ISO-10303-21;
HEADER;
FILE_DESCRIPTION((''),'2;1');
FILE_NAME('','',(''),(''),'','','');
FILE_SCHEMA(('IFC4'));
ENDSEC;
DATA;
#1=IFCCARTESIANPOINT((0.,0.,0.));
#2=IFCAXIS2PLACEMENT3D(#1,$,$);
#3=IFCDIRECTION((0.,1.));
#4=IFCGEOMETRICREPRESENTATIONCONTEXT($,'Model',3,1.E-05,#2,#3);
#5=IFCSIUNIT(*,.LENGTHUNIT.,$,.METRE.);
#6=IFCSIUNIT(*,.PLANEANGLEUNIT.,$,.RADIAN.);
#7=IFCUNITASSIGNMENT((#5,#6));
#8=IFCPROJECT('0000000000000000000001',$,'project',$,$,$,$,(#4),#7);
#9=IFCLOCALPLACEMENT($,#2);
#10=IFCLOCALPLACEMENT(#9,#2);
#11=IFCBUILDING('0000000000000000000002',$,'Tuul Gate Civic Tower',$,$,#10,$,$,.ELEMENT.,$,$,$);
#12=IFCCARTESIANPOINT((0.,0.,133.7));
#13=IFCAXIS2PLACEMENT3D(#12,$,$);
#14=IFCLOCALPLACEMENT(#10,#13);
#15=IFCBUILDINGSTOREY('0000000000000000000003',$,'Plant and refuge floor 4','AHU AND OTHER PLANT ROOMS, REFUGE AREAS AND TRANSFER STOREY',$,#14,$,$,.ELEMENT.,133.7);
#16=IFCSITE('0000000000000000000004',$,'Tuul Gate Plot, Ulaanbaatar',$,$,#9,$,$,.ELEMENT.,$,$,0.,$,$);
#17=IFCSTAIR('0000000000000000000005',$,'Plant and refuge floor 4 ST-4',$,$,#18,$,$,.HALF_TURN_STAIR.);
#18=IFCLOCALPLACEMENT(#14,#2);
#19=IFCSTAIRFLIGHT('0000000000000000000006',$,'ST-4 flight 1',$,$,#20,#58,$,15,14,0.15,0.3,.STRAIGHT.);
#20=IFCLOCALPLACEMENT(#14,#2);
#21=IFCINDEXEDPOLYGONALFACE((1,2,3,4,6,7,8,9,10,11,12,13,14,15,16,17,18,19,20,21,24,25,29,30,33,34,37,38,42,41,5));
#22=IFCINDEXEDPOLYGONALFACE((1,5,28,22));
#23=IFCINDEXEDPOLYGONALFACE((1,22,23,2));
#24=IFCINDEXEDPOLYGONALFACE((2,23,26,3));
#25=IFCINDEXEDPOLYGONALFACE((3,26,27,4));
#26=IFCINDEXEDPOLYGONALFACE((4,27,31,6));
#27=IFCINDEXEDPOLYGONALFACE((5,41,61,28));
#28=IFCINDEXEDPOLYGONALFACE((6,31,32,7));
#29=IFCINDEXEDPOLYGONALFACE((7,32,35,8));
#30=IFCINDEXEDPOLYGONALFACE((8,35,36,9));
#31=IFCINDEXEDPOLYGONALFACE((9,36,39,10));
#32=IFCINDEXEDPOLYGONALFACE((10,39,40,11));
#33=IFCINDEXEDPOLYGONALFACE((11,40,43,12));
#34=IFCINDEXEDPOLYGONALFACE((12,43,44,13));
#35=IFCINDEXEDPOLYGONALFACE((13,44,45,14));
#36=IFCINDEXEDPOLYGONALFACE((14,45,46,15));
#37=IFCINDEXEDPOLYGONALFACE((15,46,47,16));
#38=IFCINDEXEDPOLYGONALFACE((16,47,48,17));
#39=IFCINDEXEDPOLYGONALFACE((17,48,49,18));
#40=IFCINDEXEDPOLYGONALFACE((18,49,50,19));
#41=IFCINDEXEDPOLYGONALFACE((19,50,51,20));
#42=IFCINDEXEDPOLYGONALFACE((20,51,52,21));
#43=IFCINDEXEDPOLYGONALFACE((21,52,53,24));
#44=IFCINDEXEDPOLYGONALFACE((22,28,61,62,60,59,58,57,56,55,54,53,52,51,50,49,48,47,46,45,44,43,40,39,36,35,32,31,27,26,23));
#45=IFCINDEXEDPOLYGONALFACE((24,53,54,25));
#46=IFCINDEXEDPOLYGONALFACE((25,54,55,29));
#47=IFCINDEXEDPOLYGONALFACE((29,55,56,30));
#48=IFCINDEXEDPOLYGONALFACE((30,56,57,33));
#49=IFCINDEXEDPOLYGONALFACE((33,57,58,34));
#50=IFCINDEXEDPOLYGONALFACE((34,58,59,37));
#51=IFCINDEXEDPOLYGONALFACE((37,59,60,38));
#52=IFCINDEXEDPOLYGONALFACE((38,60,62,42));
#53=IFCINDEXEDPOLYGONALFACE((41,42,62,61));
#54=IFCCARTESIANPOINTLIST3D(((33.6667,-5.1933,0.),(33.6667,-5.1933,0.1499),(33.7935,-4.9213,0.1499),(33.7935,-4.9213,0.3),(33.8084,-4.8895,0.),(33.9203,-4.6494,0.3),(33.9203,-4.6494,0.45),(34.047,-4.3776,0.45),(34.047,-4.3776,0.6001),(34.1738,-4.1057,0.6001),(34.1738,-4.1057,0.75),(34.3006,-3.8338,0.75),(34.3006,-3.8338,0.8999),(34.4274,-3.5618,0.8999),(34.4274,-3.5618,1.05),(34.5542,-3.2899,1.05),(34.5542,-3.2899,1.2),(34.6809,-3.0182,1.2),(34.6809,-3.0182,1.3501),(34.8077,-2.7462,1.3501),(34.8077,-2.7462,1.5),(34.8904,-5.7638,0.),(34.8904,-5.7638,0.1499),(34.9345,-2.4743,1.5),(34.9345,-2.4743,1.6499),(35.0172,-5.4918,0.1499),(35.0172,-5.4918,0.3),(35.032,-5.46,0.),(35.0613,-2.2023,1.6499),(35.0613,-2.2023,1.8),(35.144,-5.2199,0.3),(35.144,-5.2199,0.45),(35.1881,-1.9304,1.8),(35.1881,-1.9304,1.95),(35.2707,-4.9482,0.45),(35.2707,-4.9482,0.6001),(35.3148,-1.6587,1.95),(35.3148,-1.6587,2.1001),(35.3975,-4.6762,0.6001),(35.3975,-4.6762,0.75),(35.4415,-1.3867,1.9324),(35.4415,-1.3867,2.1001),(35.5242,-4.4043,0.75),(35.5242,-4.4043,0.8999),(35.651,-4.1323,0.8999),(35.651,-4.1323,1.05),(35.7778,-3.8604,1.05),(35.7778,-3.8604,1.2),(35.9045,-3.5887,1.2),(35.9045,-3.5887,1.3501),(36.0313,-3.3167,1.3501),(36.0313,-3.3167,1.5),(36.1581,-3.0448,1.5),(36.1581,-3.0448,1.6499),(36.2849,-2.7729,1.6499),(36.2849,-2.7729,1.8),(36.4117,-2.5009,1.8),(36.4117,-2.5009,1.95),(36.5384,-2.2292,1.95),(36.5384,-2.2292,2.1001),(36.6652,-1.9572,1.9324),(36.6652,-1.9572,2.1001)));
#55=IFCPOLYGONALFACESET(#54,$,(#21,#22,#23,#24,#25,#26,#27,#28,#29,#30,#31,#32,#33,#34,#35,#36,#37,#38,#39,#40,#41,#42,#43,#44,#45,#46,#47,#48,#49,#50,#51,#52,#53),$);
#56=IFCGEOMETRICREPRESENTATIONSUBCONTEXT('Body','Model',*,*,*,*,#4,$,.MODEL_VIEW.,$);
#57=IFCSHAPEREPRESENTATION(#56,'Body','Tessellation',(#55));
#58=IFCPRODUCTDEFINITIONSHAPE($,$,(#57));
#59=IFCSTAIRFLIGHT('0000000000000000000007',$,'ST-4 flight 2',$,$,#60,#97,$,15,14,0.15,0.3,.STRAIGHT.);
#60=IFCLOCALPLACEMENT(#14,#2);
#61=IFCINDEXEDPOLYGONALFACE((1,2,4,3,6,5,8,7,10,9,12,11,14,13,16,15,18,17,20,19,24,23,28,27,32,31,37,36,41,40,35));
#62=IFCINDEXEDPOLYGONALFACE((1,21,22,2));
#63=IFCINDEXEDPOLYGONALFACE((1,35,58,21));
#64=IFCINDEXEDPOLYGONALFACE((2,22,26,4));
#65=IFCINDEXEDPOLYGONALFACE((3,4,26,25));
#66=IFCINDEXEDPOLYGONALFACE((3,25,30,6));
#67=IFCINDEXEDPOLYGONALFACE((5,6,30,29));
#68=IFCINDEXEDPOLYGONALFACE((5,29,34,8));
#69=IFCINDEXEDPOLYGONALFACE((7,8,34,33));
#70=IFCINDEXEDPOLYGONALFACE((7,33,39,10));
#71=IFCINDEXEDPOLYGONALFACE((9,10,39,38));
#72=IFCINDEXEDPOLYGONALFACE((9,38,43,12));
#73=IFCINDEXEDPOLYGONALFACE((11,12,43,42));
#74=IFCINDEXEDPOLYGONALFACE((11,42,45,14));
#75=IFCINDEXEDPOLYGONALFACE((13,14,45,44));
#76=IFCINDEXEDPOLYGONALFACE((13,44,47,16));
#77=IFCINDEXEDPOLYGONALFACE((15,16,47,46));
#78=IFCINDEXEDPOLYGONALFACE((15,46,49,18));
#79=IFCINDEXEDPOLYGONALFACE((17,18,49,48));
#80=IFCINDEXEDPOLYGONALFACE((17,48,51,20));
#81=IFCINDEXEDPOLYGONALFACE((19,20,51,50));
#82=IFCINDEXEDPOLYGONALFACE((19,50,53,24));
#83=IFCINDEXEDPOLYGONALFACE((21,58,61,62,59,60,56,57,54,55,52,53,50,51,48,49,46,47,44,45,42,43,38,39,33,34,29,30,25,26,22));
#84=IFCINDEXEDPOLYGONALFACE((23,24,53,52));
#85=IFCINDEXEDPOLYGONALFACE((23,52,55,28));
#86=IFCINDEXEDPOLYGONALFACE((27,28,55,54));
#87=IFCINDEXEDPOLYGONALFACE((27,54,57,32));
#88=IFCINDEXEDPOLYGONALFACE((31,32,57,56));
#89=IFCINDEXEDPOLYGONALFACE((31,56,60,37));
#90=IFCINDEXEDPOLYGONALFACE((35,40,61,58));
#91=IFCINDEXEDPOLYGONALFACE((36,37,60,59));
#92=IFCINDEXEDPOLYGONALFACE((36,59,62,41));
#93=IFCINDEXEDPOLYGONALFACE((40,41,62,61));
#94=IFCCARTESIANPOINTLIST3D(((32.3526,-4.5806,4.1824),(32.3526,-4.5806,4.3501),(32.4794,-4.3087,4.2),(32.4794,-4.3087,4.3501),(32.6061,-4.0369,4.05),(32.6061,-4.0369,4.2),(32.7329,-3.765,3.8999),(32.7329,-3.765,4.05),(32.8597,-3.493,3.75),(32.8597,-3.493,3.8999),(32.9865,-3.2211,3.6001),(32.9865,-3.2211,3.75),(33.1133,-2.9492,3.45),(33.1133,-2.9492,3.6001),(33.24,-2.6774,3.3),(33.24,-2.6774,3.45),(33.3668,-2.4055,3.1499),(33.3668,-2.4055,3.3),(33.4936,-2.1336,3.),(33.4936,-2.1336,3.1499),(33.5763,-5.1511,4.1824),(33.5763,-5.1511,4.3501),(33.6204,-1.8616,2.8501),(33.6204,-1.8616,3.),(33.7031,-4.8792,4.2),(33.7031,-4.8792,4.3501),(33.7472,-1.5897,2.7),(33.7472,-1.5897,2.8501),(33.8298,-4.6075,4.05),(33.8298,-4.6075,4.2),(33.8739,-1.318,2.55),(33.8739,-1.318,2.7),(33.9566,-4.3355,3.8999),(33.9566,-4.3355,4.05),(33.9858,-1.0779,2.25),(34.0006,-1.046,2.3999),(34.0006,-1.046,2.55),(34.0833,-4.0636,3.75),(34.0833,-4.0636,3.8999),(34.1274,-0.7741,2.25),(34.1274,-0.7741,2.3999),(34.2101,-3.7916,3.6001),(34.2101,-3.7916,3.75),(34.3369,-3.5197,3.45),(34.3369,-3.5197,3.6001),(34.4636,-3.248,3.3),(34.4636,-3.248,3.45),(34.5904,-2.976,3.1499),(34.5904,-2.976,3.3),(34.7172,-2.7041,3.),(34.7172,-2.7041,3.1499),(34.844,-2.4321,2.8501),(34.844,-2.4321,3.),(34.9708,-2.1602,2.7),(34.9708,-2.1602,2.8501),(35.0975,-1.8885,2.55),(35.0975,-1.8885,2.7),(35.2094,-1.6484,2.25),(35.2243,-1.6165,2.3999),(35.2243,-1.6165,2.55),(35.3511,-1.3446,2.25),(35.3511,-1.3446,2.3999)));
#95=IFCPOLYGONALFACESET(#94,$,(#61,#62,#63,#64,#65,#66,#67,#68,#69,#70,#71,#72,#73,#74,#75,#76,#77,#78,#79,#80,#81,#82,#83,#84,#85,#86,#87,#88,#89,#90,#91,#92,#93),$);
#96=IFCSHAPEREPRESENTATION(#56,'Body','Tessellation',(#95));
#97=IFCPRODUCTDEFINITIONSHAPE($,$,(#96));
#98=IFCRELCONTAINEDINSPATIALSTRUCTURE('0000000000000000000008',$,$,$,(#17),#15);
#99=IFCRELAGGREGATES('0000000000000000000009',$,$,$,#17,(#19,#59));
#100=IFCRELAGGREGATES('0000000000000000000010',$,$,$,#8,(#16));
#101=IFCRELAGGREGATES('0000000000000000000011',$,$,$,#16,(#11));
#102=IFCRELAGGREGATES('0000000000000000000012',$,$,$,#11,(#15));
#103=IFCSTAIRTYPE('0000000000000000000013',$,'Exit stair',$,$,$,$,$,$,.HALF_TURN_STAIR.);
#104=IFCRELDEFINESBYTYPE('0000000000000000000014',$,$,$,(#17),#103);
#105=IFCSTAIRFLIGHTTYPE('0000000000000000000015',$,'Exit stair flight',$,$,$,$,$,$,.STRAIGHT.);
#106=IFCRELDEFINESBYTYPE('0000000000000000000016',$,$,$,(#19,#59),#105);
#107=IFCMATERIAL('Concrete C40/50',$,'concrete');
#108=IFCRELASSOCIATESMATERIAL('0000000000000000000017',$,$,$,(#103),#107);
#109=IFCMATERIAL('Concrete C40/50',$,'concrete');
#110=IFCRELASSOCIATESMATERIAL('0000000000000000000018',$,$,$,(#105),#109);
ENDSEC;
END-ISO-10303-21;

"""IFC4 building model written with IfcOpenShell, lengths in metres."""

from ifc_helpers import new_model, si_unit, direction, frame, origin, place, context, subcontext, project, spatial, polyline, outline, extrude, material, type_object, element, aggregate, save


model = new_model("IFC4")

# Units and contexts
model_context = context("Model", 3, precision=1e-05, world=origin(), true_north=direction((0.0, 1.0)))
body_context = subcontext(model_context, "Body", "Model", "MODEL_VIEW")
ifc_project = project(units=[si_unit("LENGTHUNIT", "METRE"), si_unit("PLANEANGLEUNIT", "RADIAN")], contexts=[model_context])

# Site, building, storey
site_placement = place(None, origin())
site = spatial("IfcSite", under=ifc_project, at=site_placement, Name="Tuul Gate Plot, Ulaanbaatar", CompositionType="ELEMENT", RefElevation=0.0)
building_placement = place(site_placement, origin())
building = spatial("IfcBuilding", under=site, at=building_placement, Name="Tuul Gate Civic Tower", CompositionType="ELEMENT")
storey_placement = place(building_placement, frame((0.0, 0.0, 133.7)))
storey = spatial("IfcBuildingStorey", under=building, at=storey_placement, Name="Plant and refuge floor 4", Description="AHU AND OTHER PLANT ROOMS, REFUGE AREAS AND TRANSFER STOREY", CompositionType="ELEMENT", Elevation=133.7)

# Stair, stair flights
ifc_material_1 = material(Name="Concrete C40/50", Category="concrete")
stair_type = type_object("IfcStairType", Name="Exit stair", PredefinedType="HALF_TURN_STAIR", material=ifc_material_1)
stair_placement = place(storey_placement, origin())
stair = element("IfcStair", 1, at=stair_placement, inside=storey, type_object=stair_type, Name="Plant and refuge floor 4 ST-4", PredefinedType="HALF_TURN_STAIR")
ifc_material_2 = material(Name="Concrete C40/50", Category="concrete")
stair_flight_type = type_object("IfcStairFlightType", Name="Exit stair flight", PredefinedType="STRAIGHT", material=ifc_material_2)
stair_flight_1_placement = place(storey_placement, frame((34.2786, -5.4785, 0.0), z_axis=(0.0, 0.0, 1.0), x_axis=(0.422576, 0.906327, 0.0)))
stair_flight_1 = element("IfcStairFlight", 2, at=stair_flight_1_placement, type_object=stair_flight_type, Name="ST-4 flight 1", NumberOfRisers=15, NumberOfTreads=14, PredefinedType="STRAIGHT", RiserHeight=0.15, TreadLength=0.3, context=body_context, shape_type="SweptSolid", body=[
    extrude(outline(polyline([(0.0, 0.0), (0.0, 0.1499), (0.3, 0.1499), (0.3, 0.3), (0.6001, 0.3), (0.6001, 0.45), (0.8999, 0.45), (0.8999, 0.6001), (1.2, 0.6001), (1.2, 0.75), (1.5, 0.75), (1.5, 0.8999), (1.8, 0.8999), (1.8, 1.05), (2.1001, 1.05), (2.1001, 1.2), (2.3999, 1.2), (2.3999, 1.3501), (2.7, 1.3501), (2.7, 1.5), (3.0, 1.5), (3.0, 1.6499), (3.3, 1.6499), (3.3, 1.8), (3.6001, 1.8), (3.6001, 1.95), (3.8999, 1.95), (3.8999, 2.1001), (4.2, 2.1001), (4.2, 2.25), (4.2, 1.9324), (0.3352, 0.0), (0.0, 0.0)])), frame((0.0, 0.675, 0.0), z_axis=(0.0, -1.0, 0.0), x_axis=(1.0, 0.0, 0.0)), (0.0, 0.0, 1.0), 1.3501),
])
stair_flight_2_placement = place(storey_placement, frame((34.7393, -1.0593, 2.25), z_axis=(0.0, 0.0, 1.0), x_axis=(-0.422576, -0.906327, 0.0)))
stair_flight_2 = element("IfcStairFlight", 3, at=stair_flight_2_placement, type_object=stair_flight_type, Name="ST-4 flight 2", NumberOfRisers=15, NumberOfTreads=14, PredefinedType="STRAIGHT", RiserHeight=0.15, TreadLength=0.3, context=body_context, shape_type="SweptSolid", body=[
    extrude(outline(polyline([(0.0, 0.0), (0.0, 0.1499), (0.3, 0.1499), (0.3, 0.3), (0.6001, 0.3), (0.6001, 0.45), (0.8999, 0.45), (0.8999, 0.6001), (1.2, 0.6001), (1.2, 0.75), (1.5, 0.75), (1.5, 0.8999), (1.8, 0.8999), (1.8, 1.05), (2.1001, 1.05), (2.1001, 1.2), (2.3999, 1.2), (2.3999, 1.3501), (2.7, 1.3501), (2.7, 1.5), (3.0, 1.5), (3.0, 1.6499), (3.3, 1.6499), (3.3, 1.8), (3.6001, 1.8), (3.6001, 1.95), (3.8999, 1.95), (3.8999, 2.1001), (4.2, 2.1001), (4.2, 2.25), (4.2, 1.9324), (0.3352, 0.0), (0.0, 0.0)])), frame((0.0, 0.675, 0.0), z_axis=(0.0, -1.0, 0.0), x_axis=(1.0, 0.0, 0.0)), (0.0, 0.0, 1.0), 1.3501),
])
aggregate(stair, [stair_flight_1, stair_flight_2])

save(model, "model.ifc")
